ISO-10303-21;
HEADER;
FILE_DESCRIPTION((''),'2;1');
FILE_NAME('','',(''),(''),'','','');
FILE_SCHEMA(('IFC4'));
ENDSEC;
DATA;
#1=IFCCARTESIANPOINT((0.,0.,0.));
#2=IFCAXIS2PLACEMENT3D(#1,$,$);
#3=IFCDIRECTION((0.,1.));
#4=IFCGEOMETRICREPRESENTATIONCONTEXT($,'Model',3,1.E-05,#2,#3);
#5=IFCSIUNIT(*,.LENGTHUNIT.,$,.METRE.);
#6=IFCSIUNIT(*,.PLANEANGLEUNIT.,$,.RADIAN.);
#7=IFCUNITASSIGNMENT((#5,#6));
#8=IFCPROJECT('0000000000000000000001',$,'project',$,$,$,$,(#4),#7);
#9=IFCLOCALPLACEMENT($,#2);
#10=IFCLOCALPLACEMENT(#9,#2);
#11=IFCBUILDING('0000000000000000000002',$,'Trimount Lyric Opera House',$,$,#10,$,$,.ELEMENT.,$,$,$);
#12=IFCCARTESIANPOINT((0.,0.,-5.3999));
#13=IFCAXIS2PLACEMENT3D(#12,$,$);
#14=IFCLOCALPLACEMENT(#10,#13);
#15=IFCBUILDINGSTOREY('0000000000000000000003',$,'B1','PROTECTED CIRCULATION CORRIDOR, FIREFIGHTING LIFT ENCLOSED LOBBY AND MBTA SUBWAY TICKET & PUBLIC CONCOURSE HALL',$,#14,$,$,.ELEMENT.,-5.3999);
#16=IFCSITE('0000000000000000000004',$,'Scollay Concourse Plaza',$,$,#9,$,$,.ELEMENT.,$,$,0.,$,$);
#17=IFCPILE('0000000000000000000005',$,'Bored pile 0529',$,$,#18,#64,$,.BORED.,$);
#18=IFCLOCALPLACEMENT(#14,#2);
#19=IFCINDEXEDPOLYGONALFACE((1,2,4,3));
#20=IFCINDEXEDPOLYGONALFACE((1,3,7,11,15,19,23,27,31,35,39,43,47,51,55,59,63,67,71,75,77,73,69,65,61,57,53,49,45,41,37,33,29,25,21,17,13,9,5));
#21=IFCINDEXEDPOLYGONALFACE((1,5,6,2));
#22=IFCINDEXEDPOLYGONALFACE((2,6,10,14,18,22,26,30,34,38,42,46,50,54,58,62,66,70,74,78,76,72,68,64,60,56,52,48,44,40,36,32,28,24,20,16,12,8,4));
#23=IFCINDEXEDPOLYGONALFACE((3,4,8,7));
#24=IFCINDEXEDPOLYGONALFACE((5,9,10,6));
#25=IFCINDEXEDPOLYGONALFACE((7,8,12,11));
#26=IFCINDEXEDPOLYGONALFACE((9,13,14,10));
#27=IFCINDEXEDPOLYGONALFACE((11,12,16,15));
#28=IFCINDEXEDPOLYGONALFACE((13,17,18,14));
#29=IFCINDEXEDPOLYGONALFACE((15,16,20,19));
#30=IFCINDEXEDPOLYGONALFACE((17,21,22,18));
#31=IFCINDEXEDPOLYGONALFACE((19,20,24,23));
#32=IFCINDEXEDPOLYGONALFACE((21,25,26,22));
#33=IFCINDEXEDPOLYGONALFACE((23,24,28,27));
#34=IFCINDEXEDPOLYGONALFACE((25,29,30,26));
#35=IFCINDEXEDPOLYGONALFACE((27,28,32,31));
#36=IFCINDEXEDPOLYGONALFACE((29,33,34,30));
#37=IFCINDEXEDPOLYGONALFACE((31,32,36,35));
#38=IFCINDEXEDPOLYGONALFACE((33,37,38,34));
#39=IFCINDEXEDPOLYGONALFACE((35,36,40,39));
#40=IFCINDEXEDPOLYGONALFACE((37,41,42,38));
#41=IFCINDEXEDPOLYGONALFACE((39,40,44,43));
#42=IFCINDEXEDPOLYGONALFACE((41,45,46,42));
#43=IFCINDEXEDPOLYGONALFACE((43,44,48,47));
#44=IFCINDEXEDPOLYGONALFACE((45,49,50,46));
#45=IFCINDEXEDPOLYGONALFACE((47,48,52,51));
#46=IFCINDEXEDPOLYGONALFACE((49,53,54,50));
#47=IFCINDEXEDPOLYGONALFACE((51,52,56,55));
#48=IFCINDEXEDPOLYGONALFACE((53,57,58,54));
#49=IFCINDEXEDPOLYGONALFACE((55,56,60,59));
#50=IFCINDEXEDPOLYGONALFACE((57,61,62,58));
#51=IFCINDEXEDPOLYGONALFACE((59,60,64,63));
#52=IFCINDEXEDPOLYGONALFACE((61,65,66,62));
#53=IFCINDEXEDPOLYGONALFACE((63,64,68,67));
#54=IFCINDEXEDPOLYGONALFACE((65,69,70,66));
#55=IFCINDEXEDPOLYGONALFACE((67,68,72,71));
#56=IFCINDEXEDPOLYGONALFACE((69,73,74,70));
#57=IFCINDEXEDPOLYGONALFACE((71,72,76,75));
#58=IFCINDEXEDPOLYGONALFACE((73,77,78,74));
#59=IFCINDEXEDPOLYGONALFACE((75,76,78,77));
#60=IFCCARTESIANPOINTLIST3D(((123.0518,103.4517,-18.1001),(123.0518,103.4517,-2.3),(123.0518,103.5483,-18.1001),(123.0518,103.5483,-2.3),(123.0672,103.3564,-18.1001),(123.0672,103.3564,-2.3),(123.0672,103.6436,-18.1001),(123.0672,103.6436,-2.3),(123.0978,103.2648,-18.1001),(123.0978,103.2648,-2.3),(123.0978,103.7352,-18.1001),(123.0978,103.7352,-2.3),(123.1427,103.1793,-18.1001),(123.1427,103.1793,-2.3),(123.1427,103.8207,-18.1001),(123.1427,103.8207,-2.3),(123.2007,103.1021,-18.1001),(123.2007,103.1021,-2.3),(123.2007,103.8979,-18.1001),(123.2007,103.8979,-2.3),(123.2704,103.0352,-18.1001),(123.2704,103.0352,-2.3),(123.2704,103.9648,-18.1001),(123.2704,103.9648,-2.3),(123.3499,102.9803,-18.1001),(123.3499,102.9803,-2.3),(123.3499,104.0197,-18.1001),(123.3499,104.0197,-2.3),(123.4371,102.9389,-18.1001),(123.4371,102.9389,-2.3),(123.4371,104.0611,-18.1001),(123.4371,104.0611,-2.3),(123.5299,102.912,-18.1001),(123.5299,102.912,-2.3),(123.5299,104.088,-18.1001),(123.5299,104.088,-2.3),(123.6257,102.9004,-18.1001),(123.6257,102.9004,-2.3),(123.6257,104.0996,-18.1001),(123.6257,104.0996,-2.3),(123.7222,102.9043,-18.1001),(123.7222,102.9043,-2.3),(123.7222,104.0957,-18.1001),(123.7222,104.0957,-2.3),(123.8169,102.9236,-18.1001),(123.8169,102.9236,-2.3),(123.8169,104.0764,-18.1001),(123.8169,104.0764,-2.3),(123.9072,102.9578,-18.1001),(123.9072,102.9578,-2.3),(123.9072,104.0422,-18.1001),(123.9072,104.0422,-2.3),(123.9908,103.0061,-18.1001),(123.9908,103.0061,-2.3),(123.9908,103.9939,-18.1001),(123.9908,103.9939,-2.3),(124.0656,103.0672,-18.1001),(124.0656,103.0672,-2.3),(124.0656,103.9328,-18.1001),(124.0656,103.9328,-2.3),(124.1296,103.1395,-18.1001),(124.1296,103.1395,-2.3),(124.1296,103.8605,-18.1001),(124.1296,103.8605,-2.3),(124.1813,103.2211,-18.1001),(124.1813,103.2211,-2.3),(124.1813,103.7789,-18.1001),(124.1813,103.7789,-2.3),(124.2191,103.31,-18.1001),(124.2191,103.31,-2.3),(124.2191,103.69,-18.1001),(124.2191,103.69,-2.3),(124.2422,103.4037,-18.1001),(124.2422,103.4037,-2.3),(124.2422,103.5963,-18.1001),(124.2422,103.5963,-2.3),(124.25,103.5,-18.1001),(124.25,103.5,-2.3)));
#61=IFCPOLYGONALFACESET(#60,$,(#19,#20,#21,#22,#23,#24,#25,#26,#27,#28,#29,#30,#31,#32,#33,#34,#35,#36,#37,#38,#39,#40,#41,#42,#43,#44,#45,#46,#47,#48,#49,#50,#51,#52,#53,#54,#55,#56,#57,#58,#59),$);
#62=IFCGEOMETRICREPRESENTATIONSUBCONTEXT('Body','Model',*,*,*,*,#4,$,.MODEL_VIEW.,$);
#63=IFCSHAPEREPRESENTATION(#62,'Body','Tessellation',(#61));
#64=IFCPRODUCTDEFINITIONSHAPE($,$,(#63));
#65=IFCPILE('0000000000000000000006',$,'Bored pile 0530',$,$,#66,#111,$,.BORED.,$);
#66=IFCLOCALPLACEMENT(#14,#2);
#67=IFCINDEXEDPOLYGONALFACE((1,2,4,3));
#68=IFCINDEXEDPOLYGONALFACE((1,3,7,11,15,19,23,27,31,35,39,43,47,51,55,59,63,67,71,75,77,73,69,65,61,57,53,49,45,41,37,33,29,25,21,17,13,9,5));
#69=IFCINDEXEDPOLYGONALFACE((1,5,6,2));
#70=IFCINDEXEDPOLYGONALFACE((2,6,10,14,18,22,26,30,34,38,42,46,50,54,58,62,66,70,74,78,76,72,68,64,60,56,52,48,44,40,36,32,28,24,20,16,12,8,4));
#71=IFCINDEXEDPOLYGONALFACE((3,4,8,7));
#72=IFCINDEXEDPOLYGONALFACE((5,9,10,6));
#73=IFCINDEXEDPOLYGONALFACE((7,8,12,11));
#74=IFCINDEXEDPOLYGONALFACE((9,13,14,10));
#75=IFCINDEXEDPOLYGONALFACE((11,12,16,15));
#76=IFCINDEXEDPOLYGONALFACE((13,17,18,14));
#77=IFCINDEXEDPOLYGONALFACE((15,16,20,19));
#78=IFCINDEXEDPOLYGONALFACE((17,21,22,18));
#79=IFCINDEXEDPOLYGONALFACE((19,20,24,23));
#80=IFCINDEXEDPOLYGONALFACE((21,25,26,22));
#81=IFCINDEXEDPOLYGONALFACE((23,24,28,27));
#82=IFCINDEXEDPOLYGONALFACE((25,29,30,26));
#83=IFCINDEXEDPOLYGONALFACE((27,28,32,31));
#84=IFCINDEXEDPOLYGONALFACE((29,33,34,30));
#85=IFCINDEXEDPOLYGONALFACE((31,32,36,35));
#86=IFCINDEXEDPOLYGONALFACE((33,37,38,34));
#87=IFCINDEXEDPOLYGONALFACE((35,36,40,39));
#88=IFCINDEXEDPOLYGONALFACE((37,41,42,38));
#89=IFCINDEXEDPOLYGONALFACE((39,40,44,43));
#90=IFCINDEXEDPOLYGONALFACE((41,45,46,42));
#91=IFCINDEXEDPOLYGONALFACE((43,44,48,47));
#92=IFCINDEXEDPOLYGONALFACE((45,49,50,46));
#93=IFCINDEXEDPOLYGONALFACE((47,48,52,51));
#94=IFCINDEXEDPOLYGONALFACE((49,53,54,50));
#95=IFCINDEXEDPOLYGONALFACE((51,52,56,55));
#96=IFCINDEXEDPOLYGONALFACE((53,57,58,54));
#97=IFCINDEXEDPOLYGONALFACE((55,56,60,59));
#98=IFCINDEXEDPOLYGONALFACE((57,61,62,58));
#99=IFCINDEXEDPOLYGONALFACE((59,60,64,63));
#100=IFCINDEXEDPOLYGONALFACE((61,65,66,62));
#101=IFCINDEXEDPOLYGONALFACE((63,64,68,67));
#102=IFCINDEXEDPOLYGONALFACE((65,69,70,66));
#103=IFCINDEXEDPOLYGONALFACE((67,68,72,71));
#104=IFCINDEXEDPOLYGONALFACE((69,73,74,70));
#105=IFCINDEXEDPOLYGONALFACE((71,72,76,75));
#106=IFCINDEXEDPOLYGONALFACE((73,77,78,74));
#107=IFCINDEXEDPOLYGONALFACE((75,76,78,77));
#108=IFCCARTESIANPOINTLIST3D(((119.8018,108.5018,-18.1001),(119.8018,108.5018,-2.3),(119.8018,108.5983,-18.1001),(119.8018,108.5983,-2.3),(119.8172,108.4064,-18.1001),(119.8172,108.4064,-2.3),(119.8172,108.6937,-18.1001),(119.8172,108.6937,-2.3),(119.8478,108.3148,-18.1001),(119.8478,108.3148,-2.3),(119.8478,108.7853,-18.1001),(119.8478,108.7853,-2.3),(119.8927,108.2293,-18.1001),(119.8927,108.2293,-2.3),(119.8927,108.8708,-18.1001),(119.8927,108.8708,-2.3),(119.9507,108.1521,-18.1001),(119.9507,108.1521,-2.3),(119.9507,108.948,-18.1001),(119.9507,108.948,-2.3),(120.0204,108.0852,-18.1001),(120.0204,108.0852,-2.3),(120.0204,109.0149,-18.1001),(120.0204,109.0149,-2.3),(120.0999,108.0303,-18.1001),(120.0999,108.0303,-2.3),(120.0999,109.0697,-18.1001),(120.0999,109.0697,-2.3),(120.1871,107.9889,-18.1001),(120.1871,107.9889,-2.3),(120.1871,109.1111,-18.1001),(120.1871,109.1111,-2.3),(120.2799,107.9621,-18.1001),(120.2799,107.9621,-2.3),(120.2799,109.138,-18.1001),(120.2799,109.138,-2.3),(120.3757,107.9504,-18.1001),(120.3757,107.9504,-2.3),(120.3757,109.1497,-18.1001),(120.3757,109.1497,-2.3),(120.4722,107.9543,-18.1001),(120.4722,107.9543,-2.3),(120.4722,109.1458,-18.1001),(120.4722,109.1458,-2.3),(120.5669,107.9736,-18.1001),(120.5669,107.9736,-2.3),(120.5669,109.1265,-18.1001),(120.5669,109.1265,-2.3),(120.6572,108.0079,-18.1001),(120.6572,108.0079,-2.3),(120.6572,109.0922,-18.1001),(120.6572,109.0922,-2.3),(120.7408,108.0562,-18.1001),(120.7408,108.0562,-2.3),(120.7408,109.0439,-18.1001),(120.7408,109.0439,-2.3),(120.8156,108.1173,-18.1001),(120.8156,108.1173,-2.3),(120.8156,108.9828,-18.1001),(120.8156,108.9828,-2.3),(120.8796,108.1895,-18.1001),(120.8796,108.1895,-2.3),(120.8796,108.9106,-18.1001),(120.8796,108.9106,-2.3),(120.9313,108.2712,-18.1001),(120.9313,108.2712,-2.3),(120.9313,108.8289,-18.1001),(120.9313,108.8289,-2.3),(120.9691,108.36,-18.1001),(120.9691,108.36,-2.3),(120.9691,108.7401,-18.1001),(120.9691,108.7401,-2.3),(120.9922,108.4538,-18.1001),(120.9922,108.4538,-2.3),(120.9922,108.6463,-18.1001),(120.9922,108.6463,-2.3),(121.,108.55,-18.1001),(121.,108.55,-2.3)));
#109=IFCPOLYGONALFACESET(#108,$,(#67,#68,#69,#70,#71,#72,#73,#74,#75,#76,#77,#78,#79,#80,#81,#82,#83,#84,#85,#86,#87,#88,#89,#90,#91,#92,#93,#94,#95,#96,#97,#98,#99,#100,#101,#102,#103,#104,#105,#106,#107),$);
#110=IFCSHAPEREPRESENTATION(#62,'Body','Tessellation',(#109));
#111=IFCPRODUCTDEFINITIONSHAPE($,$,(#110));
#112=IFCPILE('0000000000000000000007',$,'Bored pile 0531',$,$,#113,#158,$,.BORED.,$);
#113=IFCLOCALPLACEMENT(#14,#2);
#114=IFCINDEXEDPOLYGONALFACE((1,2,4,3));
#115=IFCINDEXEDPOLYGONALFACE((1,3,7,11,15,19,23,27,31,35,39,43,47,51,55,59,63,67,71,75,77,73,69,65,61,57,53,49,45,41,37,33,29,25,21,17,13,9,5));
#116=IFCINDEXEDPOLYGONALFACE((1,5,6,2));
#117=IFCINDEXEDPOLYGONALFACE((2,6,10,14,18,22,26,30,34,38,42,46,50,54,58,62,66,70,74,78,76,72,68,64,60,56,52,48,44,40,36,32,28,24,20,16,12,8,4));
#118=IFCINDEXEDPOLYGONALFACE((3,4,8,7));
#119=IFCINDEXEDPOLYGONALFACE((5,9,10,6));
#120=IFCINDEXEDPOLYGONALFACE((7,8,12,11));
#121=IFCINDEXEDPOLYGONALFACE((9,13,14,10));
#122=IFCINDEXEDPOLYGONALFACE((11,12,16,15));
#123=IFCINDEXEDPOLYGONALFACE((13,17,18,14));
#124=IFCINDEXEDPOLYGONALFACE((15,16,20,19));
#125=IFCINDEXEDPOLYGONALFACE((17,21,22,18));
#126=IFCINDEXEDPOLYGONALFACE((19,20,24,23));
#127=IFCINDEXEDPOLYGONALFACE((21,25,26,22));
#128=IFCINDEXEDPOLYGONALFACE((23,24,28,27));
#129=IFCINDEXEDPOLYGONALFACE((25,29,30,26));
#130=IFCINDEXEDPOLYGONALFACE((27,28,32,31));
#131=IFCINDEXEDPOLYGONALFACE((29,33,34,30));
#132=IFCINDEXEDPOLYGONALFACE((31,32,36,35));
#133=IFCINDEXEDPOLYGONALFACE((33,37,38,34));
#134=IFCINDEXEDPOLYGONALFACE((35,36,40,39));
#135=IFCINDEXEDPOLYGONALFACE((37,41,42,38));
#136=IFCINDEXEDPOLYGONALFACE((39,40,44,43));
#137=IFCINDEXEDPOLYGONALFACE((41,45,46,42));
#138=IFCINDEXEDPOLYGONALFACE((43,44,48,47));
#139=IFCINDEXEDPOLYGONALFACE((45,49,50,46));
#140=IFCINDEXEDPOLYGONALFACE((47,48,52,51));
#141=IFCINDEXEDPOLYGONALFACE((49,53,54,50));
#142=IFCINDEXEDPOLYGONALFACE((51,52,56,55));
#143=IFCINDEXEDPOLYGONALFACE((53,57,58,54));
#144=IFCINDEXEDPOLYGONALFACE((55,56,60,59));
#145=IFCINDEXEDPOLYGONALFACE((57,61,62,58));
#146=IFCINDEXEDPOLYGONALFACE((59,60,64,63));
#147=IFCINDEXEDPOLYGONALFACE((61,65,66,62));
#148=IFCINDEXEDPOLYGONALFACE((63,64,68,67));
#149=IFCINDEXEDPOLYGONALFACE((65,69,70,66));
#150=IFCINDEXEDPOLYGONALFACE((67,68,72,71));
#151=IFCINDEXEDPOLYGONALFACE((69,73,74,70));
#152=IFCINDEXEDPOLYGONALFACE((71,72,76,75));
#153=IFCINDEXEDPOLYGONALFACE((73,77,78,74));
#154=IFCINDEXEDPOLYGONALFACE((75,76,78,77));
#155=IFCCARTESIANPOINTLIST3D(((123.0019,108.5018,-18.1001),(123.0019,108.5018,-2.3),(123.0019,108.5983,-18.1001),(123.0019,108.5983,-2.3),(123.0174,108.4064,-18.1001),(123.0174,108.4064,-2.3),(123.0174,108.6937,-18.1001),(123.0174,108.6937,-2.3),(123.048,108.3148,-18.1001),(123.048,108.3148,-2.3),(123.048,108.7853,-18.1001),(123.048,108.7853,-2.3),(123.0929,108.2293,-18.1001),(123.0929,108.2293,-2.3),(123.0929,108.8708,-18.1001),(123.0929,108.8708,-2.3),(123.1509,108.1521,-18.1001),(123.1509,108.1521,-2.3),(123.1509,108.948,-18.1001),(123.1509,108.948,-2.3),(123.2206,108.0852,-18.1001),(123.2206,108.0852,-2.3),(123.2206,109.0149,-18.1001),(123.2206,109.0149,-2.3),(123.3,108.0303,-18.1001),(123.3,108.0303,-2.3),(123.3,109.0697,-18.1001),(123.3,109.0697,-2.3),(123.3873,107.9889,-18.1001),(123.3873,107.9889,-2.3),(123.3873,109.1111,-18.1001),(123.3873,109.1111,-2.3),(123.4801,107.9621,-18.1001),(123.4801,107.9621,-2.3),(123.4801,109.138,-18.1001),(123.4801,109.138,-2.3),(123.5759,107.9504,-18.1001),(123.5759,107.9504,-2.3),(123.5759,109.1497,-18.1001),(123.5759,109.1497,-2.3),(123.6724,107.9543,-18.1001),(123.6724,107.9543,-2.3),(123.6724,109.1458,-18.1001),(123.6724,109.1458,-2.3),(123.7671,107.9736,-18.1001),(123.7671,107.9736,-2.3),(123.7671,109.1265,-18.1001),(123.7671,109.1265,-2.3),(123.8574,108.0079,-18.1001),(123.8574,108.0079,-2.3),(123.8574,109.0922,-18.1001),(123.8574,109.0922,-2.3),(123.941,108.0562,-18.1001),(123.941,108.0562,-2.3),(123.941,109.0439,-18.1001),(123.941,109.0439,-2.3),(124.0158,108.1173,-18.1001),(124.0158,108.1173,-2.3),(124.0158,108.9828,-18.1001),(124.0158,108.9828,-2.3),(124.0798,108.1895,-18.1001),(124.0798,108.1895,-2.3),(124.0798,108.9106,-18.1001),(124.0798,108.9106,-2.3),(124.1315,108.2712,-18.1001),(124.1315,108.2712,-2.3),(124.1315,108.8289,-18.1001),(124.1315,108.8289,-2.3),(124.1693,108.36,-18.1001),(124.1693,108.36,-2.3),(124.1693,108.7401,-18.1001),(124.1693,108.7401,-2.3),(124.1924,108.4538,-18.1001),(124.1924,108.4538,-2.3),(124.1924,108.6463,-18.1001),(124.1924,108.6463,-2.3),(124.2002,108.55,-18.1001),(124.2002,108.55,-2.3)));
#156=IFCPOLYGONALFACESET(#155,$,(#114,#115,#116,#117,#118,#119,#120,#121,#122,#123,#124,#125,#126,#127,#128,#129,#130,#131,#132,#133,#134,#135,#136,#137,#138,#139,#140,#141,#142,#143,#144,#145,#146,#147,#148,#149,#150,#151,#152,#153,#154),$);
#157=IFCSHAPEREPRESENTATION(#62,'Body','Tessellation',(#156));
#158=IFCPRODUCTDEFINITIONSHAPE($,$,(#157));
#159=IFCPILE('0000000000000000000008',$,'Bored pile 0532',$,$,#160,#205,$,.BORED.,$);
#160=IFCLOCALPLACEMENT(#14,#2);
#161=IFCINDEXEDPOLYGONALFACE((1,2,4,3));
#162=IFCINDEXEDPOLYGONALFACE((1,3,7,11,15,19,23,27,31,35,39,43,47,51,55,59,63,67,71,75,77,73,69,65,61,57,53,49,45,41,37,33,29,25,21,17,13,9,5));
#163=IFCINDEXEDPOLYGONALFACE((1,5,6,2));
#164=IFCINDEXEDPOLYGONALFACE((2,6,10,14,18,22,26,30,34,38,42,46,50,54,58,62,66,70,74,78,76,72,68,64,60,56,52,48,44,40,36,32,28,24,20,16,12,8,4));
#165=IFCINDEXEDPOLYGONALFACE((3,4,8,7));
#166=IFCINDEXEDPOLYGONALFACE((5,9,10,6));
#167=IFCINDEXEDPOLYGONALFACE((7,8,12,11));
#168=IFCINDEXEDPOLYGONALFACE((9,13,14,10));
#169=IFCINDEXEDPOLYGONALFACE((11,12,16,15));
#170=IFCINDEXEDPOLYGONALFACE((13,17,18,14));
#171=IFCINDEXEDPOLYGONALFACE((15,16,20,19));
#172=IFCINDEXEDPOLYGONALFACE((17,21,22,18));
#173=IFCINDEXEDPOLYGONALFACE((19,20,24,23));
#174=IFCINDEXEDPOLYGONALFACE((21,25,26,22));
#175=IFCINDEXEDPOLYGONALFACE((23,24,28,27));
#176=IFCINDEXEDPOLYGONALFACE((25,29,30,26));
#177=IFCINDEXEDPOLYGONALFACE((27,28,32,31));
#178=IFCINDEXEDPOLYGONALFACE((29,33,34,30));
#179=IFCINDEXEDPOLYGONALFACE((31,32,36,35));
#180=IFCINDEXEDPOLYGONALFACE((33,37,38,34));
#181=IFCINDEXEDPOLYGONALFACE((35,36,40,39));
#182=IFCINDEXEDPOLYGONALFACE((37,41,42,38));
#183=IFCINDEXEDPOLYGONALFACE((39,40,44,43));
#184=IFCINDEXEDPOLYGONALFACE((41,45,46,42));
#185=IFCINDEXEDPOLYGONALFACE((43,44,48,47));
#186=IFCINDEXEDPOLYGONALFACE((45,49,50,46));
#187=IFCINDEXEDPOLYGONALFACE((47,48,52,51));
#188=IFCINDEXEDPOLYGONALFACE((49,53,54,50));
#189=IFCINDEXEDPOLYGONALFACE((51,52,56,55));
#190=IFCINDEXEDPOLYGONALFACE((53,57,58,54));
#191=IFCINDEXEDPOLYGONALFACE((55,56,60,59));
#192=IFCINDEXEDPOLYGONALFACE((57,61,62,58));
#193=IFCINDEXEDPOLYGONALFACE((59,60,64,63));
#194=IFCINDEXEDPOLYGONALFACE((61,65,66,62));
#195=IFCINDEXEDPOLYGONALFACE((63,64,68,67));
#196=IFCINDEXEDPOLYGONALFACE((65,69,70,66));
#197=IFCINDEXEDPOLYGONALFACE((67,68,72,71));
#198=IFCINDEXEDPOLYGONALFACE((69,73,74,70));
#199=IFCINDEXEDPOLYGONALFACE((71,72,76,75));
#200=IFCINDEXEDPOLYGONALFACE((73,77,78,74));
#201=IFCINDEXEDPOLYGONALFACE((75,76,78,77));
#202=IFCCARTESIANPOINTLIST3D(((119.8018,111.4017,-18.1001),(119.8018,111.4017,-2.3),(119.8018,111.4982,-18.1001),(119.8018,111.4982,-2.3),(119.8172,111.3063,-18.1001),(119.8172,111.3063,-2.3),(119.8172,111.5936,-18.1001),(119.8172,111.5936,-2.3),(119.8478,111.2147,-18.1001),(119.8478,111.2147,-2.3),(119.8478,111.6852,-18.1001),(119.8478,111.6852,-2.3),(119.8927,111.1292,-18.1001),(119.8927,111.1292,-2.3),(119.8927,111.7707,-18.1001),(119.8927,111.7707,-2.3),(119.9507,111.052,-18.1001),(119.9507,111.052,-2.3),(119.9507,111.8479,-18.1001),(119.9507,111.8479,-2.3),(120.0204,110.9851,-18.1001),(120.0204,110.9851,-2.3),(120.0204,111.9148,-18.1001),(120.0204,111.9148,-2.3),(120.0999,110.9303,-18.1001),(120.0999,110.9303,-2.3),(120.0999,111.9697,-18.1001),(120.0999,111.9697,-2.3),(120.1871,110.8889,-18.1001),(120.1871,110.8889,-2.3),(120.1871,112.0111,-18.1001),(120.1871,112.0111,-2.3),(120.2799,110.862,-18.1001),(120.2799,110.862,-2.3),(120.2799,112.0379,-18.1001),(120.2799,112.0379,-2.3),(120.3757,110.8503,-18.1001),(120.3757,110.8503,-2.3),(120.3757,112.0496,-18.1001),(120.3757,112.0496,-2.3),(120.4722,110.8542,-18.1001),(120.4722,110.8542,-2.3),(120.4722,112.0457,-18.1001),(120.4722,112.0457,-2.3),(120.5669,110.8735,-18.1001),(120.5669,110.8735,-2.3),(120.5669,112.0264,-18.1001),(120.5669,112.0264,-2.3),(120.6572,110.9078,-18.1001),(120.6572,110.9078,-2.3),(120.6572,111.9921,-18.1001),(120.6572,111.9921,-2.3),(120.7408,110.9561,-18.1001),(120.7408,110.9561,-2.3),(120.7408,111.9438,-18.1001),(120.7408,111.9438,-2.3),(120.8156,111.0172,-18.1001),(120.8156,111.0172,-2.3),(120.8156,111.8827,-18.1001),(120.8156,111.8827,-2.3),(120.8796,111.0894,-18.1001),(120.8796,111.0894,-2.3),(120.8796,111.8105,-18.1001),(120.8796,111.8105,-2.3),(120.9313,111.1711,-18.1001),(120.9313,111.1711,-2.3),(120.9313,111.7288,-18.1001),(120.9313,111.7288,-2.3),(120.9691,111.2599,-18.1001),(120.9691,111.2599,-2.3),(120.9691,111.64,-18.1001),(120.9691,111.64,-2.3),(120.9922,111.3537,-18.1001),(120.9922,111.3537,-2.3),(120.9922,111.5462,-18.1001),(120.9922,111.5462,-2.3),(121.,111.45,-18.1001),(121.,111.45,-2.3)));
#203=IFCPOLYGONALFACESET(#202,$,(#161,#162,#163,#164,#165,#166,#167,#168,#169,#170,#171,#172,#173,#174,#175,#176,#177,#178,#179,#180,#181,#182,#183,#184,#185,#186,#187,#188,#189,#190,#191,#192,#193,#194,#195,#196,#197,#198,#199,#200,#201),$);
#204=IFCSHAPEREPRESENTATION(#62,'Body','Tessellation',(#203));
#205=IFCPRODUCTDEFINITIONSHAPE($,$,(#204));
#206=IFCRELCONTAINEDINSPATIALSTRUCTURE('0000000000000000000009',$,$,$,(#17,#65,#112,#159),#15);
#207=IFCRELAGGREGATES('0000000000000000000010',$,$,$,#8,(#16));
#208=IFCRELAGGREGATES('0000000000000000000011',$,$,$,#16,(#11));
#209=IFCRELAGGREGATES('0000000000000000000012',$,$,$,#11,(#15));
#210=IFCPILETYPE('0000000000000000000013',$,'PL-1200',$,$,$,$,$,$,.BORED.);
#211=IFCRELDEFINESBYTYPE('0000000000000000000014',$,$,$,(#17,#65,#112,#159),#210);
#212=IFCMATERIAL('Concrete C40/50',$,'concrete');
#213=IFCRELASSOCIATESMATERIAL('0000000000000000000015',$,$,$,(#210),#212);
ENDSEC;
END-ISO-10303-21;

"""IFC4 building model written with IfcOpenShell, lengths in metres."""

from ifc_helpers import new_model, si_unit, direction, frame, origin, origin_2d, place, context, subcontext, project, spatial, circle, extrude, material, material_profile, profile_set, type_object, element, save


model = new_model("IFC4")

# Units and contexts
model_context = context("Model", 3, precision=1e-05, world=origin(), true_north=direction((0.0, 1.0)))
body_context = subcontext(model_context, "Body", "Model", "MODEL_VIEW")
ifc_project = project(units=[si_unit("LENGTHUNIT", "METRE"), si_unit("PLANEANGLEUNIT", "RADIAN")], contexts=[model_context])

# Site, building, storey
site_placement = place(None, origin())
site = spatial("IfcSite", under=ifc_project, at=site_placement, Name="Scollay Concourse Plaza", CompositionType="ELEMENT", RefElevation=0.0)
building_placement = place(site_placement, origin())
building = spatial("IfcBuilding", under=site, at=building_placement, Name="Trimount Lyric Opera House", CompositionType="ELEMENT")
storey_placement = place(building_placement, frame((0.0, 0.0, -5.3999)))
storey = spatial("IfcBuildingStorey", under=building, at=storey_placement, Name="B1", Description="PROTECTED CIRCULATION CORRIDOR, FIREFIGHTING LIFT ENCLOSED LOBBY AND MBTA SUBWAY TICKET & PUBLIC CONCOURSE HALL", CompositionType="ELEMENT", Elevation=-5.3999)

# Piles
ifc_material_1 = material(Name="Concrete C40/50", Category="concrete")
ifc_material_profile_1 = material_profile(ifc_material_1, circle(Radius=0.6001, at=origin_2d()), Name="PILE-D1200")
ifc_profile_set_1 = profile_set([ifc_material_profile_1], Name="Concrete C40/50")
pile_type = type_object("IfcPileType", Name="PL-1200", PredefinedType="BORED", material=ifc_profile_set_1)
for number, where, z_axis, x_axis, name in (
    (1, (123.6499, 103.5, -2.3), (0.0, 0.0, -1.0), (1.0, 0.0, 0.0), "Bored pile 0529"),
    (2, (120.3999, 108.55, -2.3), (0.0, 0.0, -1.0), (1.0, 0.0, 0.0), "Bored pile 0530"),
    (3, (123.6001, 108.55, -2.3), (0.0, 0.0, -1.0), (1.0, 0.0, 0.0), "Bored pile 0531"),
    (4, (120.3999, 111.45, -2.3), (0.0, 0.0, -1.0), (1.0, 0.0, 0.0), "Bored pile 0532"),
):
    element("IfcPile", number, at=place(storey_placement, frame(where, z_axis=z_axis, x_axis=x_axis)), inside=storey, type_object=pile_type, Name=name, PredefinedType="BORED", context=body_context, shape_type="SweptSolid", body=[
        extrude(circle(Radius=0.6001, at=origin_2d()), origin(), (0.0, 0.0, 1.0), 15.8),
    ])

save(model, "model.ifc")
